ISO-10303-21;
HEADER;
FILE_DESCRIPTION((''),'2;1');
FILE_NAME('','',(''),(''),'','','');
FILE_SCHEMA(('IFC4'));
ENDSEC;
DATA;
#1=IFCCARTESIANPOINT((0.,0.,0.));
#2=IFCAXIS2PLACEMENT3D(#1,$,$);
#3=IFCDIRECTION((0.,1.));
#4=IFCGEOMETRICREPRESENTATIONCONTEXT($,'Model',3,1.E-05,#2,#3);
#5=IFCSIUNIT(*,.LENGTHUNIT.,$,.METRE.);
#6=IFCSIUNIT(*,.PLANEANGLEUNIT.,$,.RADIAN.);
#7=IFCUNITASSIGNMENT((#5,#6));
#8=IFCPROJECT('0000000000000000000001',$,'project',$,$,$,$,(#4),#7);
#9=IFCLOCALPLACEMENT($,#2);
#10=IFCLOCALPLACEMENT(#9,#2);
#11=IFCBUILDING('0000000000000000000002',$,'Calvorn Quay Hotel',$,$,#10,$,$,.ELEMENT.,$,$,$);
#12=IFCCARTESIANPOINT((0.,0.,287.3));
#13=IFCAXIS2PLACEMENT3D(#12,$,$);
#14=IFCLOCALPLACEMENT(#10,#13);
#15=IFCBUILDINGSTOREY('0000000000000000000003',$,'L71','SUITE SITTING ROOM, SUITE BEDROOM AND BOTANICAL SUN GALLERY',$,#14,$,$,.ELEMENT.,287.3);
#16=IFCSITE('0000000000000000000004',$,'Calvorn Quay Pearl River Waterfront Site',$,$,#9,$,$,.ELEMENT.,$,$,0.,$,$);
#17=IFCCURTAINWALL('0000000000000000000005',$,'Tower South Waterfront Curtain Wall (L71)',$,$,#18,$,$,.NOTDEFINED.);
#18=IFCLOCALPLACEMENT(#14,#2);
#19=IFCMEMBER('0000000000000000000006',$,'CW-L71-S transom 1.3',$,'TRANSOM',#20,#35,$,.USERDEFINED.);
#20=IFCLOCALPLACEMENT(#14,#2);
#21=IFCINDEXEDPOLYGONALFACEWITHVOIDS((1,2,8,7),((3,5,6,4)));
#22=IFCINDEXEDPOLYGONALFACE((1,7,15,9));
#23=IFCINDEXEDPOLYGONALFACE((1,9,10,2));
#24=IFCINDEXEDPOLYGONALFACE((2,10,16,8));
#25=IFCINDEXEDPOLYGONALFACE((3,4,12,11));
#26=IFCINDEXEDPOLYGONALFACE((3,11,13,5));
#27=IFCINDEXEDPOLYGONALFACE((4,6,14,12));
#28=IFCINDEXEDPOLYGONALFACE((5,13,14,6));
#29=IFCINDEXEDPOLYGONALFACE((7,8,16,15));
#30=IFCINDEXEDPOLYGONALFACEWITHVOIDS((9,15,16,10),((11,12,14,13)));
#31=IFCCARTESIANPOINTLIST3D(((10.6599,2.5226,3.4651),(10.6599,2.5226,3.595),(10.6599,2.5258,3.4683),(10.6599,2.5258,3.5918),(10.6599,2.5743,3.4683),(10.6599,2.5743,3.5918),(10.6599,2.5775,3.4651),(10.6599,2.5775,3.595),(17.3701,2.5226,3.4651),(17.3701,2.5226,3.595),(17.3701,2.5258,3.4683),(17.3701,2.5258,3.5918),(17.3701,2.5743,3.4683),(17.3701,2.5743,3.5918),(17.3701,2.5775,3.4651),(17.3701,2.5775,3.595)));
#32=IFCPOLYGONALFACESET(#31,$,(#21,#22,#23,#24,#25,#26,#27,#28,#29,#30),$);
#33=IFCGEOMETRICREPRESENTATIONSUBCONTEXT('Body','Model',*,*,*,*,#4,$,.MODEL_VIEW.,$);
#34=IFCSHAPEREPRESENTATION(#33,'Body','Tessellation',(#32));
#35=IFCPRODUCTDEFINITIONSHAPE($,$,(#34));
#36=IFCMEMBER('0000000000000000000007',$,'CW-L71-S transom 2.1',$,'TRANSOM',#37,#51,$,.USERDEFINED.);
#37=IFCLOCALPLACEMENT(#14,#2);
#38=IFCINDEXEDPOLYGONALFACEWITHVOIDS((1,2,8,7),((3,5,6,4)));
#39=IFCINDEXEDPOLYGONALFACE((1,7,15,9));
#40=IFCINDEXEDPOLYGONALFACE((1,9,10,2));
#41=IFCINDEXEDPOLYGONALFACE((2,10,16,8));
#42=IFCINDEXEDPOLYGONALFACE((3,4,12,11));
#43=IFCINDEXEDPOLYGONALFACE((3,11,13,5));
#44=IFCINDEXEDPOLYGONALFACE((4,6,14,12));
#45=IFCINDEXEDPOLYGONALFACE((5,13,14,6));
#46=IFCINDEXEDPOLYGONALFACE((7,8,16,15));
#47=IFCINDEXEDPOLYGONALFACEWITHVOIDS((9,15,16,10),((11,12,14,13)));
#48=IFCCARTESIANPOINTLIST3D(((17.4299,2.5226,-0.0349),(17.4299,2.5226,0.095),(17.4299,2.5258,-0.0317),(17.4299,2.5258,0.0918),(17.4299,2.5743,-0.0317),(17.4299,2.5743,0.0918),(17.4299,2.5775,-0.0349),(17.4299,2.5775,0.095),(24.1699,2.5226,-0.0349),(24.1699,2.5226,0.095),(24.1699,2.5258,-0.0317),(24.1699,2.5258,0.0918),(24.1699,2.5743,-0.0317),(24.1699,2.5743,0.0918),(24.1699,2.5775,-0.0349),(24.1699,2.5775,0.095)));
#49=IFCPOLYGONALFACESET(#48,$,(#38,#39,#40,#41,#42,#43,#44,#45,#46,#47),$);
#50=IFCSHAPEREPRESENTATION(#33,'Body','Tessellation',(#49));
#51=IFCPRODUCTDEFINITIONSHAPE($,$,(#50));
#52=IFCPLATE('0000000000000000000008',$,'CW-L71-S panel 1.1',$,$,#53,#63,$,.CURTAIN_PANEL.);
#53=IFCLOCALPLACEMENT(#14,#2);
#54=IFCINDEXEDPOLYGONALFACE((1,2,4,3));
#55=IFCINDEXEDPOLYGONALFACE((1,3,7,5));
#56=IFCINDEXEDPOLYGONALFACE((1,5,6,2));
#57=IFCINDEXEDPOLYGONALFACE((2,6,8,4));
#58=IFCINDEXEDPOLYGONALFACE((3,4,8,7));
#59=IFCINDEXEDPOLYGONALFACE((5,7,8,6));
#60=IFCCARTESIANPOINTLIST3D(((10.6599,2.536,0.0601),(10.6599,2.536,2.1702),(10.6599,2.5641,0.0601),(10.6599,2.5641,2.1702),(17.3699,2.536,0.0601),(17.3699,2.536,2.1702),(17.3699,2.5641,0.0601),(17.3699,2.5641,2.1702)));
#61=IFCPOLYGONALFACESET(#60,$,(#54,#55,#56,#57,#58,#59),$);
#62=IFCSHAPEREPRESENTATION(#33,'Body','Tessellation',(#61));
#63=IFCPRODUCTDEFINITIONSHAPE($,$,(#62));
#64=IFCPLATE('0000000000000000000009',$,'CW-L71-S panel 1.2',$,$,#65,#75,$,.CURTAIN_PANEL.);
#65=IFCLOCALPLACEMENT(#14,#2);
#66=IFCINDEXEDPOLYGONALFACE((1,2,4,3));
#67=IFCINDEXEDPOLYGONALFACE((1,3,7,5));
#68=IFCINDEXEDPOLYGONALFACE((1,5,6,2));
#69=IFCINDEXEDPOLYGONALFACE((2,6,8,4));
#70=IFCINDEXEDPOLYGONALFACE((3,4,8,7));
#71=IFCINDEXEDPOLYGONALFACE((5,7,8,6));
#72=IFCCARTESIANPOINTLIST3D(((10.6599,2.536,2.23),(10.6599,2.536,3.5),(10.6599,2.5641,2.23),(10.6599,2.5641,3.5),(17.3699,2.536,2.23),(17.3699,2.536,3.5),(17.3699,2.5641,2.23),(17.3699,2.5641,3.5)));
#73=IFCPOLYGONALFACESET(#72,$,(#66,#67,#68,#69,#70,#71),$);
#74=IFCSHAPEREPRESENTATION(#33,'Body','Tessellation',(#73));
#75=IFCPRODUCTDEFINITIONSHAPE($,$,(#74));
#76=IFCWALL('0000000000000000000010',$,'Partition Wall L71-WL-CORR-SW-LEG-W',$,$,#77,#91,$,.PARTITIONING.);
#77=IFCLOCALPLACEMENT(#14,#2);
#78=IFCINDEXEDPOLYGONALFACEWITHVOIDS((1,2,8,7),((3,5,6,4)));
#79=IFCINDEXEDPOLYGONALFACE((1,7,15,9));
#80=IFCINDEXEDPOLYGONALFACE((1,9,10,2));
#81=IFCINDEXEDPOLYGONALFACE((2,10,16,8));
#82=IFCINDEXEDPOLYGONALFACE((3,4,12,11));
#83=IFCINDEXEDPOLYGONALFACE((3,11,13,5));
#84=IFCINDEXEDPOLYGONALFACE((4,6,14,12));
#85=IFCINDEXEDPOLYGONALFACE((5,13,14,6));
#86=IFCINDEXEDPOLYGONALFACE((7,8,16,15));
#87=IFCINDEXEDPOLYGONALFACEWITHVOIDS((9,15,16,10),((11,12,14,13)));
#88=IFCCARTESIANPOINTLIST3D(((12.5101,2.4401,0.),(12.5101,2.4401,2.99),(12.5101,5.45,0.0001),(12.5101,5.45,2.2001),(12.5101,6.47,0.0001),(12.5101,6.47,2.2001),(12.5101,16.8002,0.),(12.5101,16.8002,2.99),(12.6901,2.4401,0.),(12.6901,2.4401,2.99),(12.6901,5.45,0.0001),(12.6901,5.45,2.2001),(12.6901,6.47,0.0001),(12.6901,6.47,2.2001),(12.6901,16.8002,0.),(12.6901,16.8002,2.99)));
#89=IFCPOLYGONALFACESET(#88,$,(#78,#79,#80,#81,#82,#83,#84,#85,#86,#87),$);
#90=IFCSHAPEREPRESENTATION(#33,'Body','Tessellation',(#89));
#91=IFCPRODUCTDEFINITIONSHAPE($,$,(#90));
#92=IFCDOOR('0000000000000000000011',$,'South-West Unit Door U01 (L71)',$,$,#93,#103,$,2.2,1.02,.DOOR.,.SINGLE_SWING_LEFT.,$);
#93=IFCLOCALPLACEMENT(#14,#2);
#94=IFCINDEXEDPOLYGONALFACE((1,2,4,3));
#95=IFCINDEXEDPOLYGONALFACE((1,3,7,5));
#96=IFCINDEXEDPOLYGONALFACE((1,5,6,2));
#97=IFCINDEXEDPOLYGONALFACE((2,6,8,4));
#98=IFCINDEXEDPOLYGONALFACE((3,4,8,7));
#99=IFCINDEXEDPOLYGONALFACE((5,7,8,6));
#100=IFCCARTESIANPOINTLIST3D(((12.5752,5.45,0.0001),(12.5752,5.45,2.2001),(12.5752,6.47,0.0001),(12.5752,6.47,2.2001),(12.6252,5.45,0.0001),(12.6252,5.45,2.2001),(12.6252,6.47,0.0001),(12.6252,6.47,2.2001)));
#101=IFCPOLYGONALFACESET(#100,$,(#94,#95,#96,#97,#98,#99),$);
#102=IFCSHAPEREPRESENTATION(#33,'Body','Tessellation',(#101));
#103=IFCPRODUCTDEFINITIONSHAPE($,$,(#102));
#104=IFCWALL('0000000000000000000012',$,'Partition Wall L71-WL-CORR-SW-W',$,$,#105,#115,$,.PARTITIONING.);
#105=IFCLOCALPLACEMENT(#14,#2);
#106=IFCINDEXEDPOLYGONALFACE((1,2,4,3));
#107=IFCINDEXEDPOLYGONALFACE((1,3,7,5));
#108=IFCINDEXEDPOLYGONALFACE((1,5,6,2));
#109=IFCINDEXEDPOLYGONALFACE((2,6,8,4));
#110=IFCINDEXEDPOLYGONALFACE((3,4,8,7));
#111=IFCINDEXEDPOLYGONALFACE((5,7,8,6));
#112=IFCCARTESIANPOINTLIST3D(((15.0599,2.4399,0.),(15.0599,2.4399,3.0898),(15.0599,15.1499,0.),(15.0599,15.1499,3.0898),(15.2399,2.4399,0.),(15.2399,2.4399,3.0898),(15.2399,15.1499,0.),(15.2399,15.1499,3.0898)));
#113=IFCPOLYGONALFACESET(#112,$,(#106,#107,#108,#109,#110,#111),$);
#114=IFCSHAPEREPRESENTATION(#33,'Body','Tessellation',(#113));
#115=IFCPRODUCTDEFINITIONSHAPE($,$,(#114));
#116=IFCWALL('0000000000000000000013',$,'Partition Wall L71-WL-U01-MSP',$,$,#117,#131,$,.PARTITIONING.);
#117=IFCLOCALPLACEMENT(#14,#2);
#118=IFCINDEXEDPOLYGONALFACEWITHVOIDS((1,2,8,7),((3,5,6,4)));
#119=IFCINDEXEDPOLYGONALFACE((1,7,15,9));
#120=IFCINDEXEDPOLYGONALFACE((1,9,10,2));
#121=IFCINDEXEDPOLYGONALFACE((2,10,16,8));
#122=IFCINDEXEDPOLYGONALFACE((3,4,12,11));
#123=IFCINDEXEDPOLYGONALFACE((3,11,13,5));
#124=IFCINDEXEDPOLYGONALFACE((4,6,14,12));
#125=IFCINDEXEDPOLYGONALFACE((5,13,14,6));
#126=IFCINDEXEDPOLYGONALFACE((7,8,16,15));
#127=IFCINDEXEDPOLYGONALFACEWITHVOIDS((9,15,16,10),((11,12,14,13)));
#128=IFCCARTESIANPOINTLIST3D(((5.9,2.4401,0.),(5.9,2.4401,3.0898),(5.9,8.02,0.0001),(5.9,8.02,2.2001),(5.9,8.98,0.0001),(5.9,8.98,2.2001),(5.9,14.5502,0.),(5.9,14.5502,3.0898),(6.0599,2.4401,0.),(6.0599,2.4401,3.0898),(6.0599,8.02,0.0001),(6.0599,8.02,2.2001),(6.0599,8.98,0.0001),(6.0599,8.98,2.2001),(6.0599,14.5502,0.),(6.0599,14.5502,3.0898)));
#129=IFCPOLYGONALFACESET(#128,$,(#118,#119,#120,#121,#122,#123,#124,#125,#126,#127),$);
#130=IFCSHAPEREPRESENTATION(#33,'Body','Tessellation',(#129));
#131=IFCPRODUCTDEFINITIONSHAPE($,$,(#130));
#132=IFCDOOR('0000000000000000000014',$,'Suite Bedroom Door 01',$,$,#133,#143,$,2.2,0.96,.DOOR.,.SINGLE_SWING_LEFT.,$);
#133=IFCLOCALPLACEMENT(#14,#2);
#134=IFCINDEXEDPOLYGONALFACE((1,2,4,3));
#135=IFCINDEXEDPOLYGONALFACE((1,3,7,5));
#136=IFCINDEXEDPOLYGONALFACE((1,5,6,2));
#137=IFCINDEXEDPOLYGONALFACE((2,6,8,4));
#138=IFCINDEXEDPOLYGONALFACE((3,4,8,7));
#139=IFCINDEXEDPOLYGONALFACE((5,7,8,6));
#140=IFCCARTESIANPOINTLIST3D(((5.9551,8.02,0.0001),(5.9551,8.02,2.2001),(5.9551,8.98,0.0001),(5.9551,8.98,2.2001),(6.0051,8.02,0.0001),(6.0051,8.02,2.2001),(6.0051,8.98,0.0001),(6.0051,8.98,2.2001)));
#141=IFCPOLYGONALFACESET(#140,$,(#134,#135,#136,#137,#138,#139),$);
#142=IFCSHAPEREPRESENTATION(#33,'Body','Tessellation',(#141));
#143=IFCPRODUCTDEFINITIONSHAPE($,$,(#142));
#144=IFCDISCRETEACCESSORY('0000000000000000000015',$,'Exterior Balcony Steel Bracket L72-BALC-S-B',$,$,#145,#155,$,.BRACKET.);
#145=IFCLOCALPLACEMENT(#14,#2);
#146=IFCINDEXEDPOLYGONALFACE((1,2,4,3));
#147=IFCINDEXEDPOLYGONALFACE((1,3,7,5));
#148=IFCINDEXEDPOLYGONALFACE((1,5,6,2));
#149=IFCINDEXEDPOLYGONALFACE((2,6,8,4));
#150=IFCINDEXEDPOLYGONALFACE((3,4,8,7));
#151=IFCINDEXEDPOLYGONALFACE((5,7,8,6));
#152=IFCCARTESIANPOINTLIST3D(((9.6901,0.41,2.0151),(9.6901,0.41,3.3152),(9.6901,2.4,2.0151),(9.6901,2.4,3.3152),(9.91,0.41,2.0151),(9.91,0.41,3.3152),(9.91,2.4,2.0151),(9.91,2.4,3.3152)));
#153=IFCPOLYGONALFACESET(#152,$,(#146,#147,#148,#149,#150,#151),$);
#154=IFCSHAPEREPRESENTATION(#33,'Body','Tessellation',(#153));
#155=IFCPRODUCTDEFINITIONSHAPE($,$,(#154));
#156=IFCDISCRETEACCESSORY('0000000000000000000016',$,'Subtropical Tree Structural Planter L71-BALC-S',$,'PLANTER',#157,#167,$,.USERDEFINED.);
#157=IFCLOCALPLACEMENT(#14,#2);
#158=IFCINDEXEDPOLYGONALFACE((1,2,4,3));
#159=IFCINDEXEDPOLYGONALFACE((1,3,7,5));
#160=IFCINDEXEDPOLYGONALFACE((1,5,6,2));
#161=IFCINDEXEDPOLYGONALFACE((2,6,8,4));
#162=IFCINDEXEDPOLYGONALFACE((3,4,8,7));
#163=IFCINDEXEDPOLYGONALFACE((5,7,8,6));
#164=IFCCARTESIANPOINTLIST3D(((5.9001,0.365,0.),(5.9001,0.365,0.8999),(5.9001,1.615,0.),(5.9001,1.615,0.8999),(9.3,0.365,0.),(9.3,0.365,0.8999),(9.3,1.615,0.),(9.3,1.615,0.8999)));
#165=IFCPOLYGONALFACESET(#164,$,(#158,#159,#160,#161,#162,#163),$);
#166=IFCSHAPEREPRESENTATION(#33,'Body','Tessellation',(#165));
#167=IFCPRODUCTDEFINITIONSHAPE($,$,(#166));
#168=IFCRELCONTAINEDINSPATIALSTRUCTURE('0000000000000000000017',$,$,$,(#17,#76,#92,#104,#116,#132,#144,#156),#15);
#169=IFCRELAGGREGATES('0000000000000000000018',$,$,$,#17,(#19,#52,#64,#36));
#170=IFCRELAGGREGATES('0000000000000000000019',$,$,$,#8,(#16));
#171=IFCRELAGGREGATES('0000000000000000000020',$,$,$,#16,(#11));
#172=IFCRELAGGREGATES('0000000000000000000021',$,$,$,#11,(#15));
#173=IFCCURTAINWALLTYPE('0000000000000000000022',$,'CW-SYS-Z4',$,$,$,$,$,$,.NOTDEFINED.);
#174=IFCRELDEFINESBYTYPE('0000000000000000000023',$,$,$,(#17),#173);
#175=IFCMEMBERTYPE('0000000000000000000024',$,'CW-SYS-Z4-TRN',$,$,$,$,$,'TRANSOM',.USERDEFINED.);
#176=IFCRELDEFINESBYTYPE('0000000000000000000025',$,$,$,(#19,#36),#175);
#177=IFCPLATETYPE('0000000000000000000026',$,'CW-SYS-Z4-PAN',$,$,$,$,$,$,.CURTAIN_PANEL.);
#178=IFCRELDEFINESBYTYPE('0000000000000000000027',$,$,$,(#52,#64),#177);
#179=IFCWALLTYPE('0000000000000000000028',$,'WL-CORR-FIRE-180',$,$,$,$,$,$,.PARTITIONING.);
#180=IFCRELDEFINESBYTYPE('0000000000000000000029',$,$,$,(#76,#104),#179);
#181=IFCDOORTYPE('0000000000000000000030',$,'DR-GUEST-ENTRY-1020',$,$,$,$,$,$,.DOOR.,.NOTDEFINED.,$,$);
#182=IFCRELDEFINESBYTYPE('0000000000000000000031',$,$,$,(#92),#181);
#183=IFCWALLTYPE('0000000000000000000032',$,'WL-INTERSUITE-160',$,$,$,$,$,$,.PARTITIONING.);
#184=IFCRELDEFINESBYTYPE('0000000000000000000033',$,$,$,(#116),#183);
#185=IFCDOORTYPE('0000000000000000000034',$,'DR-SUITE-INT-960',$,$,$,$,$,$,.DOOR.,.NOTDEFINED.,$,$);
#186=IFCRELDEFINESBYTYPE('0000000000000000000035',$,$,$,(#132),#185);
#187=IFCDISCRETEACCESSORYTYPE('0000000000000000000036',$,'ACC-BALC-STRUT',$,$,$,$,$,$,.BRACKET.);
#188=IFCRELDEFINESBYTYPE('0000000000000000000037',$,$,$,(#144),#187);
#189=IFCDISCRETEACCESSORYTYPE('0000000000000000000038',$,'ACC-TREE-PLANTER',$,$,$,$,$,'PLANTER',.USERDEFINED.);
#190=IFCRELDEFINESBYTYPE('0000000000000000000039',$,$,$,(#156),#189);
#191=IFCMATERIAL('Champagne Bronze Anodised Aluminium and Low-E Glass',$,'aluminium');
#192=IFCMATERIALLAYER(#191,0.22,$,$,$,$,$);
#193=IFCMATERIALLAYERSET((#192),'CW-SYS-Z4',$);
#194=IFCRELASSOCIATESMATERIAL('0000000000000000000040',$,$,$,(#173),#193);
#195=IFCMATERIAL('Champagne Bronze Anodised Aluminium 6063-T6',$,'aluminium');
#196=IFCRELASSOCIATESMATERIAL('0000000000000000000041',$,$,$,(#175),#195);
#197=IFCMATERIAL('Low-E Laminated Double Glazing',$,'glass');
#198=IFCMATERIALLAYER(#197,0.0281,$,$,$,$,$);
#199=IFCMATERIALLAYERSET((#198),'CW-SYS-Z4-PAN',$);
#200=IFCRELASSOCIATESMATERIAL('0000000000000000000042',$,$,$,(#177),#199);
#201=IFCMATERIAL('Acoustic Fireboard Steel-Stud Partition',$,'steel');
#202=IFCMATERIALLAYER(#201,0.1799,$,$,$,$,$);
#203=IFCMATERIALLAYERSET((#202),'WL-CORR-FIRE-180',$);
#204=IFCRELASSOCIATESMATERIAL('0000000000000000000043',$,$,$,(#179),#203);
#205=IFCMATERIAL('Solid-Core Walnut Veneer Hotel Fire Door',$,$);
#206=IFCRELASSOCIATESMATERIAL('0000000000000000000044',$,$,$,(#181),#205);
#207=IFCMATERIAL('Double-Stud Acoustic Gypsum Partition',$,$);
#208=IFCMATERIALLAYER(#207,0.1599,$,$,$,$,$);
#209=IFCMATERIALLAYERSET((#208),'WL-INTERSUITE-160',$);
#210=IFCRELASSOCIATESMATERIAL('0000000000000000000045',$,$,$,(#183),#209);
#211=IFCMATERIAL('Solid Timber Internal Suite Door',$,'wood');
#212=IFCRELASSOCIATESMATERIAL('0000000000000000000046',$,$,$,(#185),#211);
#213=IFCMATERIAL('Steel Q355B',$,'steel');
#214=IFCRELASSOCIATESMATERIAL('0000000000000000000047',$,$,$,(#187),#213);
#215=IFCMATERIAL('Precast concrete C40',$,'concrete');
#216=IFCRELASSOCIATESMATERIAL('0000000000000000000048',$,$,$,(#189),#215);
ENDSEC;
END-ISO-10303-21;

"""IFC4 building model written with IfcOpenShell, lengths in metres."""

from ifc_helpers import new_model, si_unit, direction, frame, frame_2d, origin, origin_2d, place, context, subcontext, project, spatial, rectangle, hollow_rectangle, extrude, material, layer, layer_set, material_profile, profile_set, type_object, element, fill, aggregate, save


model = new_model("IFC4")

# Units and contexts
model_context = context("Model", 3, precision=1e-05, world=origin(), true_north=direction((0.0, 1.0)))
body_context = subcontext(model_context, "Body", "Model", "MODEL_VIEW")
ifc_project = project(units=[si_unit("LENGTHUNIT", "METRE"), si_unit("PLANEANGLEUNIT", "RADIAN")], contexts=[model_context])

# Site, building, storey
site_placement = place(None, origin())
site = spatial("IfcSite", under=ifc_project, at=site_placement, Name="Calvorn Quay Pearl River Waterfront Site", CompositionType="ELEMENT", RefElevation=0.0)
building_placement = place(site_placement, origin())
building = spatial("IfcBuilding", under=site, at=building_placement, Name="Calvorn Quay Hotel", CompositionType="ELEMENT")
storey_placement = place(building_placement, frame((0.0, 0.0, 287.3)))
storey = spatial("IfcBuildingStorey", under=building, at=storey_placement, Name="L71", Description="SUITE SITTING ROOM, SUITE BEDROOM AND BOTANICAL SUN GALLERY", CompositionType="ELEMENT", Elevation=287.3)

# Curtain wall, members, plates
ifc_material_1 = material(Name="Champagne Bronze Anodised Aluminium and Low-E Glass", Category="aluminium")
ifc_layer_1 = layer(ifc_material_1, 0.22)
ifc_layer_set_1 = layer_set([ifc_layer_1], Name="CW-SYS-Z4")
curtain_wall_type = type_object("IfcCurtainWallType", Name="CW-SYS-Z4", PredefinedType="NOTDEFINED", material=ifc_layer_set_1)
curtain_wall_placement = place(storey_placement, origin())
curtain_wall = element("IfcCurtainWall", 1, at=curtain_wall_placement, inside=storey, type_object=curtain_wall_type, Name="Tower South Waterfront Curtain Wall (L71)", PredefinedType="NOTDEFINED")
ifc_material_2 = material(Name="Champagne Bronze Anodised Aluminium 6063-T6", Category="aluminium")
ifc_material_profile_1 = material_profile(ifc_material_2, hollow_rectangle(XDim=0.0549, YDim=0.1299, WallThickness=0.0032, at=origin_2d()), Name="ALU-T130x55x3.2")
ifc_profile_set_1 = profile_set([ifc_material_profile_1], Name="Champagne Bronze Anodised Aluminium 6063-T6")
member_type_1 = type_object("IfcMemberType", Name="CW-SYS-Z4-TRN", ElementType="TRANSOM", PredefinedType="USERDEFINED", material=ifc_profile_set_1)
member_1_placement = place(storey_placement, frame((10.6599, 2.55, 3.53), z_axis=(1.0, 0.0, 0.0), x_axis=(0.0, 1.0, 0.0)))
member_1 = element("IfcMember", 2, at=member_1_placement, type_object=member_type_1, Name="CW-L71-S transom 1.3", ObjectType="TRANSOM", PredefinedType="USERDEFINED", context=body_context, shape_type="SweptSolid", body=[
    extrude(hollow_rectangle(XDim=0.0549, YDim=0.1299, WallThickness=0.0032, at=origin_2d()), origin(), (0.0, 0.0, 1.0), 6.7102),
])
member_2_placement = place(storey_placement, frame((17.4299, 2.55, 0.03), z_axis=(1.0, 0.0, 0.0), x_axis=(0.0, 1.0, 0.0)))
member_2 = element("IfcMember", 3, at=member_2_placement, type_object=member_type_1, Name="CW-L71-S transom 2.1", ObjectType="TRANSOM", PredefinedType="USERDEFINED", context=body_context, shape_type="SweptSolid", body=[
    extrude(hollow_rectangle(XDim=0.0549, YDim=0.1299, WallThickness=0.0032, at=origin_2d()), origin(), (0.0, 0.0, 1.0), 6.74),
])
ifc_material_3 = material(Name="Low-E Laminated Double Glazing", Category="glass")
ifc_layer_2 = layer(ifc_material_3, 0.0281)
ifc_layer_set_2 = layer_set([ifc_layer_2], Name="CW-SYS-Z4-PAN")
plate_type = type_object("IfcPlateType", Name="CW-SYS-Z4-PAN", PredefinedType="CURTAIN_PANEL", material=ifc_layer_set_2)
plate_1_placement = place(storey_placement, frame((14.0149, 2.55, 0.0601), z_axis=(0.0, 0.0, 1.0), x_axis=(1.0, 0.0, 0.0)))
plate_1 = element("IfcPlate", 4, at=plate_1_placement, type_object=plate_type, Name="CW-L71-S panel 1.1", PredefinedType="CURTAIN_PANEL", context=body_context, shape_type="SweptSolid", body=[
    extrude(rectangle(XDim=6.71, YDim=0.0281, at=origin_2d()), origin(), (0.0, 0.0, 1.0), 2.1101),
])
plate_2_placement = place(storey_placement, frame((14.0149, 2.55, 2.23), z_axis=(0.0, 0.0, 1.0), x_axis=(1.0, 0.0, 0.0)))
plate_2 = element("IfcPlate", 5, at=plate_2_placement, type_object=plate_type, Name="CW-L71-S panel 1.2", PredefinedType="CURTAIN_PANEL", context=body_context, shape_type="SweptSolid", body=[
    extrude(rectangle(XDim=6.71, YDim=0.0281, at=origin_2d()), origin(), (0.0, 0.0, 1.0), 1.27),
])
aggregate(curtain_wall, [member_1, plate_1, plate_2, member_2])

# Wall, opening, door
ifc_material_4 = material(Name="Acoustic Fireboard Steel-Stud Partition", Category="steel")
ifc_layer_3 = layer(ifc_material_4, 0.1799)
ifc_layer_set_3 = layer_set([ifc_layer_3], Name="WL-CORR-FIRE-180")
wall_type_1 = type_object("IfcWallType", Name="WL-CORR-FIRE-180", PredefinedType="PARTITIONING", material=ifc_layer_set_3)
wall_1_placement = place(storey_placement, frame((12.6001, 2.4399, 0.0), z_axis=(0.0, 0.0, 1.0), x_axis=(0.0, 1.0, 0.0)))
wall_1 = element("IfcWall", 6, at=wall_1_placement, inside=storey, type_object=wall_type_1, Name="Partition Wall L71-WL-CORR-SW-LEG-W", PredefinedType="PARTITIONING", context=body_context, shape_type="SweptSolid", body=[
    extrude(rectangle(XDim=14.3601, YDim=0.1799, at=frame_2d((7.1802, 0.0))), origin(), (0.0, 0.0, 1.0), 2.99),
])
opening_1_placement = place(wall_1_placement, frame((3.01, 0.0, 0.0)))
opening_1 = element("IfcOpeningElement", 7, at=opening_1_placement, cuts=wall_1, PredefinedType="OPENING", context=body_context, shape_type="SweptSolid", body=[
    extrude(rectangle(XDim=1.02, YDim=2.2, at=frame_2d((0.51, 1.1001))), frame((0.0, 0.0999, 0.0), z_axis=(0.0, -1.0, 0.0), x_axis=(1.0, 0.0, 0.0)), (0.0, 0.0, 1.0), 0.2),
])
ifc_material_5 = material(Name="Solid-Core Walnut Veneer Hotel Fire Door")
door_type_1 = type_object("IfcDoorType", Name="DR-GUEST-ENTRY-1020", OperationType="NOTDEFINED", PredefinedType="DOOR", material=ifc_material_5)
door_1_placement = place(opening_1_placement, origin())
door_1 = element("IfcDoor", 8, at=door_1_placement, inside=storey, type_object=door_type_1, Name="South-West Unit Door U01 (L71)", OperationType="SINGLE_SWING_LEFT", OverallHeight=2.2, OverallWidth=1.02, PredefinedType="DOOR", context=body_context, shape_type="SweptSolid", body=[
    extrude(rectangle(XDim=1.02, YDim=2.2, at=frame_2d((0.51, 1.1001))), frame((0.0, 0.0249, 0.0), z_axis=(0.0, -1.0, 0.0), x_axis=(1.0, 0.0, 0.0)), (0.0, 0.0, 1.0), 0.05),
])
fill(opening_1, door_1)

# Wall
wall_2_placement = place(storey_placement, frame((15.1499, 2.4399, 0.0), z_axis=(0.0, 0.0, 1.0), x_axis=(0.0, 1.0, 0.0)))
element("IfcWall", 9, at=wall_2_placement, inside=storey, type_object=wall_type_1, Name="Partition Wall L71-WL-CORR-SW-W", PredefinedType="PARTITIONING", context=body_context, shape_type="SweptSolid", body=[
    extrude(rectangle(XDim=12.71, YDim=0.1799, at=frame_2d((6.355, 0.0))), origin(), (0.0, 0.0, 1.0), 3.0898),
])

# Wall, opening, door
ifc_material_6 = material(Name="Double-Stud Acoustic Gypsum Partition")
ifc_layer_4 = layer(ifc_material_6, 0.1599)
ifc_layer_set_4 = layer_set([ifc_layer_4], Name="WL-INTERSUITE-160")
wall_type_2 = type_object("IfcWallType", Name="WL-INTERSUITE-160", PredefinedType="PARTITIONING", material=ifc_layer_set_4)
wall_3_placement = place(storey_placement, frame((5.98, 2.4399, 0.0), z_axis=(0.0, 0.0, 1.0), x_axis=(0.0, 1.0, 0.0)))
wall_3 = element("IfcWall", 10, at=wall_3_placement, inside=storey, type_object=wall_type_2, Name="Partition Wall L71-WL-U01-MSP", PredefinedType="PARTITIONING", context=body_context, shape_type="SweptSolid", body=[
    extrude(rectangle(XDim=12.1101, YDim=0.1599, at=frame_2d((6.0552, 0.0))), origin(), (0.0, 0.0, 1.0), 3.0898),
])
opening_2_placement = place(wall_3_placement, frame((5.5801, 0.0, 0.0)))
opening_2 = element("IfcOpeningElement", 11, at=opening_2_placement, cuts=wall_3, PredefinedType="OPENING", context=body_context, shape_type="SweptSolid", body=[
    extrude(rectangle(XDim=0.96, YDim=2.2, at=frame_2d((0.48, 1.1001))), frame((0.0, 0.0898, 0.0), z_axis=(0.0, -1.0, 0.0), x_axis=(1.0, 0.0, 0.0)), (0.0, 0.0, 1.0), 0.1799),
])
ifc_material_7 = material(Name="Solid Timber Internal Suite Door", Category="wood")
door_type_2 = type_object("IfcDoorType", Name="DR-SUITE-INT-960", OperationType="NOTDEFINED", PredefinedType="DOOR", material=ifc_material_7)
door_2_placement = place(opening_2_placement, origin())
door_2 = element("IfcDoor", 12, at=door_2_placement, inside=storey, type_object=door_type_2, Name="Suite Bedroom Door 01", OperationType="SINGLE_SWING_LEFT", OverallHeight=2.2, OverallWidth=0.96, PredefinedType="DOOR", context=body_context, shape_type="SweptSolid", body=[
    extrude(rectangle(XDim=0.96, YDim=2.2, at=frame_2d((0.48, 1.1001))), frame((0.0, 0.0249, 0.0), z_axis=(0.0, -1.0, 0.0), x_axis=(1.0, 0.0, 0.0)), (0.0, 0.0, 1.0), 0.05),
])
fill(opening_2, door_2)

# Discrete accessories
ifc_material_8 = material(Name="Steel Q355B", Category="steel")
discrete_accessory_type_1 = type_object("IfcDiscreteAccessoryType", Name="ACC-BALC-STRUT", PredefinedType="BRACKET", material=ifc_material_8)
discrete_accessory_1_placement = place(storey_placement, frame((9.8, 1.405, 2.0151), z_axis=(0.0, 0.0, 1.0), x_axis=(1.0, 0.0, 0.0)))
element("IfcDiscreteAccessory", 13, at=discrete_accessory_1_placement, inside=storey, type_object=discrete_accessory_type_1, Name="Exterior Balcony Steel Bracket L72-BALC-S-B", PredefinedType="BRACKET", context=body_context, shape_type="SweptSolid", body=[
    extrude(rectangle(XDim=0.22, YDim=1.99, at=origin_2d()), origin(), (0.0, 0.0, 1.0), 1.3),
])
ifc_material_9 = material(Name="Precast concrete C40", Category="concrete")
discrete_accessory_type_2 = type_object("IfcDiscreteAccessoryType", Name="ACC-TREE-PLANTER", ElementType="PLANTER", PredefinedType="USERDEFINED", material=ifc_material_9)
discrete_accessory_2_placement = place(storey_placement, frame((7.6001, 0.99, 0.0), z_axis=(0.0, 0.0, 1.0), x_axis=(1.0, 0.0, 0.0)))
element("IfcDiscreteAccessory", 14, at=discrete_accessory_2_placement, inside=storey, type_object=discrete_accessory_type_2, Name="Subtropical Tree Structural Planter L71-BALC-S", ObjectType="PLANTER", PredefinedType="USERDEFINED", context=body_context, shape_type="SweptSolid", body=[
    extrude(rectangle(XDim=3.3999, YDim=1.25, at=origin_2d()), origin(), (0.0, 0.0, 1.0), 0.8999),
])

save(model, "model.ifc")
